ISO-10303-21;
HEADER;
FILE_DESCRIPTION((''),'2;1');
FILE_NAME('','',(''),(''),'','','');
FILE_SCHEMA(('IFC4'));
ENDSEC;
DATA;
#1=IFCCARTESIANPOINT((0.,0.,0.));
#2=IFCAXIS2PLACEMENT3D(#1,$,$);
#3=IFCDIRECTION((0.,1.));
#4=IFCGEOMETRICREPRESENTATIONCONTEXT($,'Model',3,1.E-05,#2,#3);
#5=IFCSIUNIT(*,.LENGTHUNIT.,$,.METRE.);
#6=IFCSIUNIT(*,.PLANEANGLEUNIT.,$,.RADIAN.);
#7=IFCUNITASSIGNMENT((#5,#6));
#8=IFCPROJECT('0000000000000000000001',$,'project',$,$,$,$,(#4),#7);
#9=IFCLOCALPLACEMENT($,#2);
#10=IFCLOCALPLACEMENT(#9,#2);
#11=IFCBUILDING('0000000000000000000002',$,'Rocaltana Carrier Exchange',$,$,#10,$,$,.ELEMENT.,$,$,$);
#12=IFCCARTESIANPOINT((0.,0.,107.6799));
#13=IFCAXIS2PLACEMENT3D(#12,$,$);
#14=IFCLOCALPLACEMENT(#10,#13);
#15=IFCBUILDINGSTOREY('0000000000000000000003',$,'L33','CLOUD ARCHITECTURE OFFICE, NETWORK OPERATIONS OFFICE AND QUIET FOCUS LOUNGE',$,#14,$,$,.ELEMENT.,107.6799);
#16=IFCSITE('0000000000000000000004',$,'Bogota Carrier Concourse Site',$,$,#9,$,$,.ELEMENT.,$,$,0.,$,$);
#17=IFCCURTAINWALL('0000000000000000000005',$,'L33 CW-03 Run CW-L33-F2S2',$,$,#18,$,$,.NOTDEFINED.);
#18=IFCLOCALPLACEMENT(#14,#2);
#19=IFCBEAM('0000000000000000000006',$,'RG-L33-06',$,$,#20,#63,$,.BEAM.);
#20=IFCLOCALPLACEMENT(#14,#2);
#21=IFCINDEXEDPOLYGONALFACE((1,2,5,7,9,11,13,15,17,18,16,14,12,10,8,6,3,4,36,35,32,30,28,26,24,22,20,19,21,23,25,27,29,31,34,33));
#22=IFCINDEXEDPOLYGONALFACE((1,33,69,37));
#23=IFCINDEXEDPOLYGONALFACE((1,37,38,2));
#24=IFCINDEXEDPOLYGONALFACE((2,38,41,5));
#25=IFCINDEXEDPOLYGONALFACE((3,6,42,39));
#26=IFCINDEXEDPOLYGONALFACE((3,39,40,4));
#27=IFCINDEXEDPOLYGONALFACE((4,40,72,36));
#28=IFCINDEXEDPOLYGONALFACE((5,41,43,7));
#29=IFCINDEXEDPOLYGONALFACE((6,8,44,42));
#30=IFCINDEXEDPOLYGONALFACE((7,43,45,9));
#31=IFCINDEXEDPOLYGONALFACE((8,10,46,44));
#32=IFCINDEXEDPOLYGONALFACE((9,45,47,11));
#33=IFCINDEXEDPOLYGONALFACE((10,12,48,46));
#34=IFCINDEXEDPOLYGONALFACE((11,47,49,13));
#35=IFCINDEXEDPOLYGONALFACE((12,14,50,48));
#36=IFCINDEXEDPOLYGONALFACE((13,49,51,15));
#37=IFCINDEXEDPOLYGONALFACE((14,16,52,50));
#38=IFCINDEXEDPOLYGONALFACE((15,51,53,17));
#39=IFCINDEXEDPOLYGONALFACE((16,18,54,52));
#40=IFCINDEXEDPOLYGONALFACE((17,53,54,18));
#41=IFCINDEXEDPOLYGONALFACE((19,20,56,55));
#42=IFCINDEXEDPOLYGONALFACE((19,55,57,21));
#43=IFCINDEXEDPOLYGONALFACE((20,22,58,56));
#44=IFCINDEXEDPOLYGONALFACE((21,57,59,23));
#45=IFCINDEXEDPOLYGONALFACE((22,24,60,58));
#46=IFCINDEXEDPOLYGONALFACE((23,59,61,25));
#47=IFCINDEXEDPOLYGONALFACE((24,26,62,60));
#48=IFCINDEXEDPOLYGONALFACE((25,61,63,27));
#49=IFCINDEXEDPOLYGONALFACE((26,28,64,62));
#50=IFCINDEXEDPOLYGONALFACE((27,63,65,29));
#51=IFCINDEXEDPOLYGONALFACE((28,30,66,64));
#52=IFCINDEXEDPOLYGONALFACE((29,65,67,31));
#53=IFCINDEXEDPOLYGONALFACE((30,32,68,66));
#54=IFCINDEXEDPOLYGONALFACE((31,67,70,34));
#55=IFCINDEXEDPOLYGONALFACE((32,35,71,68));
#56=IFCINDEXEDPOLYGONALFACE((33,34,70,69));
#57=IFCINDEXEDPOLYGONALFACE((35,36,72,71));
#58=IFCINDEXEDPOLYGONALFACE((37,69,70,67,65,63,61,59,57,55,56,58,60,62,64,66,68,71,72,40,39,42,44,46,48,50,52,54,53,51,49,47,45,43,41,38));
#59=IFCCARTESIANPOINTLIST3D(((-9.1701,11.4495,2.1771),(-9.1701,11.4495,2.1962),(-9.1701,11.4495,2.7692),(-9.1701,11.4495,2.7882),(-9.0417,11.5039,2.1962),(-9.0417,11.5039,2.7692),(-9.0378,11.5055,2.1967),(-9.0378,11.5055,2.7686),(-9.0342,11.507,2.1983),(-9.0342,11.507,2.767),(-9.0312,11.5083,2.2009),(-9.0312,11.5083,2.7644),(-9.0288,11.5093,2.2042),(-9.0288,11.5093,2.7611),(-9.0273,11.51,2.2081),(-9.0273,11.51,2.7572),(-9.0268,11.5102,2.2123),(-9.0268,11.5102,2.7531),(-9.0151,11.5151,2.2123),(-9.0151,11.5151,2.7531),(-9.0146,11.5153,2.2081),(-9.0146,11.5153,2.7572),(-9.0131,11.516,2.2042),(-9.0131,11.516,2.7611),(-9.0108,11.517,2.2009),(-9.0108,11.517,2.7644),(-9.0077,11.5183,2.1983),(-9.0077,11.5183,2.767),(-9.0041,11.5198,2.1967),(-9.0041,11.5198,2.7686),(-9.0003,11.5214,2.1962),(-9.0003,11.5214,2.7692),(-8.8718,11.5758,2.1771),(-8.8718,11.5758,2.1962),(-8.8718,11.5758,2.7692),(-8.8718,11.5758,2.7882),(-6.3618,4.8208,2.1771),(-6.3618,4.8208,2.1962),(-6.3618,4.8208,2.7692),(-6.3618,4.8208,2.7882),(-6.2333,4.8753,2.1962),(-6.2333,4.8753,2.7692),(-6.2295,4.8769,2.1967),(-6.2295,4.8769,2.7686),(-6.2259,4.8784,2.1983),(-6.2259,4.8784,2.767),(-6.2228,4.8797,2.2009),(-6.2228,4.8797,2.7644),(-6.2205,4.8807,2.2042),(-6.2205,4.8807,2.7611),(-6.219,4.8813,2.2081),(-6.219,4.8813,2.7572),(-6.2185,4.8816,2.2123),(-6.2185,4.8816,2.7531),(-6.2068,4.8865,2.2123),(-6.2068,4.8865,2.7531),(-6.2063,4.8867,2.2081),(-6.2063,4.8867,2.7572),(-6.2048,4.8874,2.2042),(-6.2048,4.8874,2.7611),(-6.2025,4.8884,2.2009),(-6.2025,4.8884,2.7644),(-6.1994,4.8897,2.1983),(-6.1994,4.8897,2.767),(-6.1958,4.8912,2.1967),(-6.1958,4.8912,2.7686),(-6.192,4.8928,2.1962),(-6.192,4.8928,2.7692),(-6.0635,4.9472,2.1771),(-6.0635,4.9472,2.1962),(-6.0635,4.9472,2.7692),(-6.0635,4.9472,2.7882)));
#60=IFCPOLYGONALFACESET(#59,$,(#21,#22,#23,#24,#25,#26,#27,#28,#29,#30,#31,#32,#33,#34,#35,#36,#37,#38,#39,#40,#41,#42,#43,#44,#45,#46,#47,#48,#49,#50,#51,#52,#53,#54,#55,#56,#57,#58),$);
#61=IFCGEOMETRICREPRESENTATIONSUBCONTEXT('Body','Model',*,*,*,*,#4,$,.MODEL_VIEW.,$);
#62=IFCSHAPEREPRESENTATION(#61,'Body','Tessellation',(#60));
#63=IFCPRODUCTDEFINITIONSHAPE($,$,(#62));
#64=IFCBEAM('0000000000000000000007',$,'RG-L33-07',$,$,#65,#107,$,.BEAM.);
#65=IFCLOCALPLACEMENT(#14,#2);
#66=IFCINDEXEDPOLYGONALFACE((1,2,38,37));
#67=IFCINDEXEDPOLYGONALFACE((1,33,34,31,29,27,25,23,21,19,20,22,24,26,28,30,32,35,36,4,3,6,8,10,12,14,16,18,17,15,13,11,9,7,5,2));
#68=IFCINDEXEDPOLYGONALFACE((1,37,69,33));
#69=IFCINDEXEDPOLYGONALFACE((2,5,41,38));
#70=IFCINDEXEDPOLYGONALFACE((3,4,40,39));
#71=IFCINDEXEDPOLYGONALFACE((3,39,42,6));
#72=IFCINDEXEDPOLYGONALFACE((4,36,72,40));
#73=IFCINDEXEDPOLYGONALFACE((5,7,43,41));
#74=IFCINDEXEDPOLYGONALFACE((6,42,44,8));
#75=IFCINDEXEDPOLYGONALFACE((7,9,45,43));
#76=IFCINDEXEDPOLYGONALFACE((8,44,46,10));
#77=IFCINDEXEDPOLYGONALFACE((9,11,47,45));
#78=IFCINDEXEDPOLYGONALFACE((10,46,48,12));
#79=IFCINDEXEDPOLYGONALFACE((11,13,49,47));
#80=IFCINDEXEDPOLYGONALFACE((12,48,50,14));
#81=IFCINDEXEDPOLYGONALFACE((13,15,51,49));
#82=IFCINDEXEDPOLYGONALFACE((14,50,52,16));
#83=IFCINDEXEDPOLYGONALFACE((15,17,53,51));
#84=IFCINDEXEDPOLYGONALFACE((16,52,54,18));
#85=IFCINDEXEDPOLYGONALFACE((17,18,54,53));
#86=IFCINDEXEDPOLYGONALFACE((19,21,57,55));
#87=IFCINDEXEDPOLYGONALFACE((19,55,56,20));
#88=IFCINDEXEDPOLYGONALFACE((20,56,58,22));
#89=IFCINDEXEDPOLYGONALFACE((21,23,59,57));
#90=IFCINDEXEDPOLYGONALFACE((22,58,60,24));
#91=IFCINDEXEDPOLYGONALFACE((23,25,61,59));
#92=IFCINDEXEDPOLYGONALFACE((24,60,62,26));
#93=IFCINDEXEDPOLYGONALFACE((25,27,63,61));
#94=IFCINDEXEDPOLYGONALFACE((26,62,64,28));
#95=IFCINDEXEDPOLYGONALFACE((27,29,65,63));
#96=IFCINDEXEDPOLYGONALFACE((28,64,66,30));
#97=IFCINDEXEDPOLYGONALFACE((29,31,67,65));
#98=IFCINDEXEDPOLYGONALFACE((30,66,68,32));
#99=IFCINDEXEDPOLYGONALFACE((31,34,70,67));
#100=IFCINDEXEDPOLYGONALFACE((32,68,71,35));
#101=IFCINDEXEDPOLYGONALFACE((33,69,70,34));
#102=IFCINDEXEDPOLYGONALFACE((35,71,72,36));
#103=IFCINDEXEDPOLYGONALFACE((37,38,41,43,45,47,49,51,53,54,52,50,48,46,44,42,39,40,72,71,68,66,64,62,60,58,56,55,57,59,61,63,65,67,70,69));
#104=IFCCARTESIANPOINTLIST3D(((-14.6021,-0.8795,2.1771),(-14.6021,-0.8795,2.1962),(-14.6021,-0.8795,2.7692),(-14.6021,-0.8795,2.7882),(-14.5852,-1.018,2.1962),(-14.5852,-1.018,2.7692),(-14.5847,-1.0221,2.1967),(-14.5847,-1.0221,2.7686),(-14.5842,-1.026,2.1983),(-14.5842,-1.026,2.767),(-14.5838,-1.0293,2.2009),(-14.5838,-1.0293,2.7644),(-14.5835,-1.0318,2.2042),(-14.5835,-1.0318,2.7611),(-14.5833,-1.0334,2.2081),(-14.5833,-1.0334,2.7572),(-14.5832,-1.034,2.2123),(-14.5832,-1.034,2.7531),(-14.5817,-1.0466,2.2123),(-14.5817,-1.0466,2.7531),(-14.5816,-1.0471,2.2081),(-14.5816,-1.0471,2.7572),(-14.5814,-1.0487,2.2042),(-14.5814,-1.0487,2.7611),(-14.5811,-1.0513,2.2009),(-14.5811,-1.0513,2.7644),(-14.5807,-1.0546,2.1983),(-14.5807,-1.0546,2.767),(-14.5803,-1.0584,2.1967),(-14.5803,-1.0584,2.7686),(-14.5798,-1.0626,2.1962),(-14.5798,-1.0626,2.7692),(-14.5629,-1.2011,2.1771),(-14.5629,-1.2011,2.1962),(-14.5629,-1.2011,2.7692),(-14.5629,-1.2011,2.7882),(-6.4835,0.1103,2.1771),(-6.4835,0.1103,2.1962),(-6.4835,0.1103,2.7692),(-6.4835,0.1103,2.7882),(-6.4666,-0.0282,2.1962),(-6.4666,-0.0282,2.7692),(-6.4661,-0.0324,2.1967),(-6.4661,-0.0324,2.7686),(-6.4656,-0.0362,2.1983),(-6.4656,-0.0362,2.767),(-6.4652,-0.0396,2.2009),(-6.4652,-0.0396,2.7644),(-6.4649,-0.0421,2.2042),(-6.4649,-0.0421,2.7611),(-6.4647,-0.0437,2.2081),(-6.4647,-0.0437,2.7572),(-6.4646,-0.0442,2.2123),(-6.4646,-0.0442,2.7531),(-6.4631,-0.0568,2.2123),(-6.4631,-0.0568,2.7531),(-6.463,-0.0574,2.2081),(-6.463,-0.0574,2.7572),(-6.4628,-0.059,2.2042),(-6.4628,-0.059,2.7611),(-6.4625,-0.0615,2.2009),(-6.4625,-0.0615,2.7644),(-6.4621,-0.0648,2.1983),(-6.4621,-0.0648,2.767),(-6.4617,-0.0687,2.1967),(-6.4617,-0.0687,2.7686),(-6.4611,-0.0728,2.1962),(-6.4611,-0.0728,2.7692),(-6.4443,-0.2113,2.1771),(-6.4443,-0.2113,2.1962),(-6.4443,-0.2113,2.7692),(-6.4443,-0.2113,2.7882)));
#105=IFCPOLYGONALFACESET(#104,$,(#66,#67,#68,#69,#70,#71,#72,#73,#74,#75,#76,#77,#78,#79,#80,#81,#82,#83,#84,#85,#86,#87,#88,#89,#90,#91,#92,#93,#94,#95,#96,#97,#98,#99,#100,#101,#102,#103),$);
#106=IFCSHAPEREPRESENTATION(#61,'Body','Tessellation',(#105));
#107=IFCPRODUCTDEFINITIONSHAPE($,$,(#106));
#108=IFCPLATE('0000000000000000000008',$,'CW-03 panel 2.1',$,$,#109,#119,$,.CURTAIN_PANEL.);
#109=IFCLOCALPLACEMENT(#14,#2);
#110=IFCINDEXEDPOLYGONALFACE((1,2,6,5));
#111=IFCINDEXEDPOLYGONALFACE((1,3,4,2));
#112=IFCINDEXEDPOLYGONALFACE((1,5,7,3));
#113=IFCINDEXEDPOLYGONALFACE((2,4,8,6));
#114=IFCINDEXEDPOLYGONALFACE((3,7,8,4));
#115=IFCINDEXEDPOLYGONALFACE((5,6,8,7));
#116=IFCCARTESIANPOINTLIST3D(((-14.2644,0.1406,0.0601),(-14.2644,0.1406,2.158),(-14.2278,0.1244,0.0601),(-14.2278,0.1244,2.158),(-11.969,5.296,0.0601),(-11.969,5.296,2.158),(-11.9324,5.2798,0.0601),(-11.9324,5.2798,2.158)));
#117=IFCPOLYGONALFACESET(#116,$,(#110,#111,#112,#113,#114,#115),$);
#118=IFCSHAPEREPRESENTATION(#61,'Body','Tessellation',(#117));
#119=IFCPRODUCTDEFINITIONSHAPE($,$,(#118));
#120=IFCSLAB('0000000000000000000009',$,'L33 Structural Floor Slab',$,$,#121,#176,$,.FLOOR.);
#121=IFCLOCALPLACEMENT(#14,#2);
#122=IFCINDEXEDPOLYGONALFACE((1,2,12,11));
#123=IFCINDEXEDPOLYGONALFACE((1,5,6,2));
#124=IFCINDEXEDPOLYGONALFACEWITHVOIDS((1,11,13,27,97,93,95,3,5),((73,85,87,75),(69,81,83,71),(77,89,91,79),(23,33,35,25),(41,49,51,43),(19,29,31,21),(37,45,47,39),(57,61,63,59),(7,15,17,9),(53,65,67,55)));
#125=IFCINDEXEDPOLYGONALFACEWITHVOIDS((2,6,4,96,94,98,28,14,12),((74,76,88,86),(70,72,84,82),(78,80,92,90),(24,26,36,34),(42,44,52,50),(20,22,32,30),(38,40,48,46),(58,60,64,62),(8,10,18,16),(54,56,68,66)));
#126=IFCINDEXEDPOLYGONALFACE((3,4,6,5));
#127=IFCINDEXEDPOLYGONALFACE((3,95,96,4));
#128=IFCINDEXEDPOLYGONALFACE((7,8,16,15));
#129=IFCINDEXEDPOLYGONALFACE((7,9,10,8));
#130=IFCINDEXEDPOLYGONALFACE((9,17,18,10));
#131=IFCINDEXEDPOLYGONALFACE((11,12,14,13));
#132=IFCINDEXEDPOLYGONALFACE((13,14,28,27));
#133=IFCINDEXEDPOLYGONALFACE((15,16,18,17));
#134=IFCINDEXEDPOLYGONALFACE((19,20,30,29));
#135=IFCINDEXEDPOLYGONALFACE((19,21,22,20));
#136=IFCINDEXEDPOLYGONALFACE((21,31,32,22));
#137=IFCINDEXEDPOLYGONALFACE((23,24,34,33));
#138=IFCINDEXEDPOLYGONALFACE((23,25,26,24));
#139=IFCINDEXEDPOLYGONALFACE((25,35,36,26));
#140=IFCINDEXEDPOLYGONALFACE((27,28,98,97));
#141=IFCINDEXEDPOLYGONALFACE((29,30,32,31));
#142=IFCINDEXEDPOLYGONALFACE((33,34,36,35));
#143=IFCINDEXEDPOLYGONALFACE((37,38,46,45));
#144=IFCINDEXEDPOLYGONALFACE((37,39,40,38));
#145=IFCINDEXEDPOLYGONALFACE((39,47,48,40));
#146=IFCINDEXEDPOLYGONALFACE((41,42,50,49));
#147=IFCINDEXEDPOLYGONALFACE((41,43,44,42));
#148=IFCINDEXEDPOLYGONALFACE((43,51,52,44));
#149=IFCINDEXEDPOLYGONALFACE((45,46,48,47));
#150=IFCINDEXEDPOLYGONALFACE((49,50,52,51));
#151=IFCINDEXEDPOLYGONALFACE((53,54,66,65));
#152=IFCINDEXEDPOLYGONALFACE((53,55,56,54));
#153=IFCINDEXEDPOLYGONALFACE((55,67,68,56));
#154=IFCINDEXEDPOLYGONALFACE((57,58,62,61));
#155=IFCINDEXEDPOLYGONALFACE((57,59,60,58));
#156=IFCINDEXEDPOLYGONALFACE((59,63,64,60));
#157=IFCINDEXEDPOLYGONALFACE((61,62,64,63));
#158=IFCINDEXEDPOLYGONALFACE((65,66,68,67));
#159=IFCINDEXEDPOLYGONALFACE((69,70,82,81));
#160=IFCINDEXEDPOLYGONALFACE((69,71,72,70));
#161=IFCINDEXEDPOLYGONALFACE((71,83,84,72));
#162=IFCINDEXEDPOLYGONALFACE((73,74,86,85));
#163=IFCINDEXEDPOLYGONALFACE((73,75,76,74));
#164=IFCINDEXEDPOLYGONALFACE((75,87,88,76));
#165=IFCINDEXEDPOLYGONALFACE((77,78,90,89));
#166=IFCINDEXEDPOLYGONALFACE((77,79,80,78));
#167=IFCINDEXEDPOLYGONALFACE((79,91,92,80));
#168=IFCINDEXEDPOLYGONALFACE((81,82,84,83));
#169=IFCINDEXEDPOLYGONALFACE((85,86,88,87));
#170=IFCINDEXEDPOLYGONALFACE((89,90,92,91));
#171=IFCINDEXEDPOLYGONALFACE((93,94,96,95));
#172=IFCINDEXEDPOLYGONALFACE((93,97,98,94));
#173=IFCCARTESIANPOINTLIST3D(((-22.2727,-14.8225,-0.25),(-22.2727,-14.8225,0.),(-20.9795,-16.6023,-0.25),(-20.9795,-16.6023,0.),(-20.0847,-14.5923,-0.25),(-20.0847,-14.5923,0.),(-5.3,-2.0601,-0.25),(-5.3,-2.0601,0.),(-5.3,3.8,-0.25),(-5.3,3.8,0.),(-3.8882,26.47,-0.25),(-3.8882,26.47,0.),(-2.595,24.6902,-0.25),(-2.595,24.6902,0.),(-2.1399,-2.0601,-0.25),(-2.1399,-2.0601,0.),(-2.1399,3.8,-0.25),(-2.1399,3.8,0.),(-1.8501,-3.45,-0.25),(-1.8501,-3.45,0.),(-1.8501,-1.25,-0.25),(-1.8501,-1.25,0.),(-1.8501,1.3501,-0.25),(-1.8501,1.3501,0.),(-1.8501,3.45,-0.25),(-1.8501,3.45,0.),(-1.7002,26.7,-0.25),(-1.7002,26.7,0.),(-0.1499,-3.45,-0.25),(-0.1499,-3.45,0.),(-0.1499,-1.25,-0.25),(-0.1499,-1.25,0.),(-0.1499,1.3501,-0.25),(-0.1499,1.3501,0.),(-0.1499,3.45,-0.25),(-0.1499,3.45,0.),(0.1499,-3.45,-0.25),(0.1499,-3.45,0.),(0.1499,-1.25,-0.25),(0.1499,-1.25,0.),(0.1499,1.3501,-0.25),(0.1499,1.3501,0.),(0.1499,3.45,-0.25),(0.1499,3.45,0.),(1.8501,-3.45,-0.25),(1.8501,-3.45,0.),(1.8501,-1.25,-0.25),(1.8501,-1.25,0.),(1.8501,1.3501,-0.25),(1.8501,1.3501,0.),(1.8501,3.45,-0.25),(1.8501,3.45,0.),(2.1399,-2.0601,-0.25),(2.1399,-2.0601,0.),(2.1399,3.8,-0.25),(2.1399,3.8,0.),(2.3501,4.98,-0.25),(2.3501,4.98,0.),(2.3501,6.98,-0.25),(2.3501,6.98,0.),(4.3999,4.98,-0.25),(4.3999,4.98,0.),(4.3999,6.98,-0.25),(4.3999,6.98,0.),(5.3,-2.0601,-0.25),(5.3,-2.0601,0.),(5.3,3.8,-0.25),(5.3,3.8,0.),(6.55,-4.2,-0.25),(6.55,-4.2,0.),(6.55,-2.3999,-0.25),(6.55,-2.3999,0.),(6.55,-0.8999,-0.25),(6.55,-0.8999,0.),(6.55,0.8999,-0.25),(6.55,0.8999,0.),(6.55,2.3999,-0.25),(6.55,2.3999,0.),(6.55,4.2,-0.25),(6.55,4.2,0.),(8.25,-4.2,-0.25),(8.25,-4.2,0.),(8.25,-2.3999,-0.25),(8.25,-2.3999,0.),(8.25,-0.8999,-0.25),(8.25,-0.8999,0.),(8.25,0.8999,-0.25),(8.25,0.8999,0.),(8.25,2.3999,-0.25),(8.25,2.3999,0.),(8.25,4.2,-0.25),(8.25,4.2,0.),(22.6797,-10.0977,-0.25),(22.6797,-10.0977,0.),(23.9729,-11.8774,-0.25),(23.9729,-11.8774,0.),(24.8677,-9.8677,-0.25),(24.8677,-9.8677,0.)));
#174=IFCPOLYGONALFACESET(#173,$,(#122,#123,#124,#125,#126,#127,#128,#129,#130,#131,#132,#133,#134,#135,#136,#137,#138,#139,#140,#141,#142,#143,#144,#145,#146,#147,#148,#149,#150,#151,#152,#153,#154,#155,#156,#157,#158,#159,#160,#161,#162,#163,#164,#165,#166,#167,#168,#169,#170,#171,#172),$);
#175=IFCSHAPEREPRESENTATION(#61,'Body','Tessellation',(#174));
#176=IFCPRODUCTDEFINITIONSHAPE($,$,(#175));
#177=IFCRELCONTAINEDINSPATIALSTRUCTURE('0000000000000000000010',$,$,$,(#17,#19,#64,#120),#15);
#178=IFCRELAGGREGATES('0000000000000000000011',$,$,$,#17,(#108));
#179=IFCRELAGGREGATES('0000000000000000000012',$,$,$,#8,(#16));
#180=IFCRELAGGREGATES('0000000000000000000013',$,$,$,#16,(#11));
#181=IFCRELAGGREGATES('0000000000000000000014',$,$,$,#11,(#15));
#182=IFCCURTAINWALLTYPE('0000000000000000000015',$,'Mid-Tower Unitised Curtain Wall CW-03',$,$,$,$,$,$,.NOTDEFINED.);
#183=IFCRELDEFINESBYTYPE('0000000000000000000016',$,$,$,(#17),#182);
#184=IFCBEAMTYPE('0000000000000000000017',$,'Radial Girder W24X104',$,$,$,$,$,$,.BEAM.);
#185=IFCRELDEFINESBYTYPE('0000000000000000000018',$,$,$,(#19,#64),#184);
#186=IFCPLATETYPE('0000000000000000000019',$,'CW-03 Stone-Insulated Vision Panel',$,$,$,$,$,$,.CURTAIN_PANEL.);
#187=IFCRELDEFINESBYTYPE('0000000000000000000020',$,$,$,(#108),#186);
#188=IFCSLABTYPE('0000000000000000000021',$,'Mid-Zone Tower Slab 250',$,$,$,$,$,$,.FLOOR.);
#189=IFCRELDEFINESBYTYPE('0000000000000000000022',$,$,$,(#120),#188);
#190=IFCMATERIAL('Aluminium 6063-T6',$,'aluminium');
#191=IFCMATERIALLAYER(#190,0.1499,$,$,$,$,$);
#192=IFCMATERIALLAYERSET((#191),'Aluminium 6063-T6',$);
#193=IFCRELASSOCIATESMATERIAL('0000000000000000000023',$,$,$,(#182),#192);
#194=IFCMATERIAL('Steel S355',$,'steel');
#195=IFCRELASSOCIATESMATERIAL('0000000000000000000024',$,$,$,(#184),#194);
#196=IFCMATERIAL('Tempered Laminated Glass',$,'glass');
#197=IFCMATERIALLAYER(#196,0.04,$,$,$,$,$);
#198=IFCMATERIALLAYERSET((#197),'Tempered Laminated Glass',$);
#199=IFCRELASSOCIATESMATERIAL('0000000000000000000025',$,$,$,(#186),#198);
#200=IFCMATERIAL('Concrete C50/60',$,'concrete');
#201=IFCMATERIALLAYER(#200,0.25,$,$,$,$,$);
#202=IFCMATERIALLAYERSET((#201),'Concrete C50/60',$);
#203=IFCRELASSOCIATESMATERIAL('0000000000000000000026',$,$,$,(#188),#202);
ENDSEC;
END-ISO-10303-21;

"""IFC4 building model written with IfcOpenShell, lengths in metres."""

from ifc_helpers import new_model, si_unit, direction, frame, origin, origin_2d, place, context, subcontext, project, spatial, polyline, rectangle, i_section, outline, extrude, material, layer, layer_set, material_profile, profile_set, type_object, element, aggregate, save


model = new_model("IFC4")

# Units and contexts
model_context = context("Model", 3, precision=1e-05, world=origin(), true_north=direction((0.0, 1.0)))
body_context = subcontext(model_context, "Body", "Model", "MODEL_VIEW")
ifc_project = project(units=[si_unit("LENGTHUNIT", "METRE"), si_unit("PLANEANGLEUNIT", "RADIAN")], contexts=[model_context])

# Site, building, storey
site_placement = place(None, origin())
site = spatial("IfcSite", under=ifc_project, at=site_placement, Name="Bogota Carrier Concourse Site", CompositionType="ELEMENT", RefElevation=0.0)
building_placement = place(site_placement, origin())
building = spatial("IfcBuilding", under=site, at=building_placement, Name="Rocaltana Carrier Exchange", CompositionType="ELEMENT")
storey_placement = place(building_placement, frame((0.0, 0.0, 107.6799)))
storey = spatial("IfcBuildingStorey", under=building, at=storey_placement, Name="L33", Description="CLOUD ARCHITECTURE OFFICE, NETWORK OPERATIONS OFFICE AND QUIET FOCUS LOUNGE", CompositionType="ELEMENT", Elevation=107.6799)

# Curtain wall
ifc_material_1 = material(Name="Aluminium 6063-T6", Category="aluminium")
ifc_layer_1 = layer(ifc_material_1, 0.1499)
ifc_layer_set_1 = layer_set([ifc_layer_1], Name="Aluminium 6063-T6")
curtain_wall_type = type_object("IfcCurtainWallType", Name="Mid-Tower Unitised Curtain Wall CW-03", PredefinedType="NOTDEFINED", material=ifc_layer_set_1)
curtain_wall_placement = place(storey_placement, origin())
curtain_wall = element("IfcCurtainWall", 1, at=curtain_wall_placement, inside=storey, type_object=curtain_wall_type, Name="L33 CW-03 Run CW-L33-F2S2", PredefinedType="NOTDEFINED")

# Beams
ifc_material_2 = material(Name="Steel S355", Category="steel")
ifc_material_profile_1 = material_profile(ifc_material_2, i_section(OverallWidth=0.324, OverallDepth=0.6111, WebThickness=0.0127, FlangeThickness=0.019, FilletRadius=0.0161, at=origin_2d()), Name="W24X104")
ifc_profile_set_1 = profile_set([ifc_material_profile_1], Name="Steel S355")
beam_type_1 = type_object("IfcBeamType", Name="Radial Girder W24X104", PredefinedType="BEAM", material=ifc_profile_set_1)
beam_1_placement = place(storey_placement, frame((-6.2126, 4.884, 2.4827), z_axis=(-0.390101, 0.920772, 0.0), x_axis=(-0.920772, -0.390101, 0.0)))
element("IfcBeam", 2, at=beam_1_placement, inside=storey, type_object=beam_type_1, Name="RG-L33-06", PredefinedType="BEAM", context=body_context, shape_type="SweptSolid", body=[
    extrude(i_section(OverallWidth=0.324, OverallDepth=0.6111, WebThickness=0.0127, FlangeThickness=0.019, FilletRadius=0.0161, at=origin_2d()), origin(), (0.0, 0.0, 1.0), 7.199),
])
beam_2_placement = place(storey_placement, frame((-6.4639, -0.0505, 2.4827), z_axis=(-0.992651, -0.121014, 0.0), x_axis=(0.121014, -0.992651, 0.0)))
element("IfcBeam", 3, at=beam_2_placement, inside=storey, type_object=beam_type_1, Name="RG-L33-07", PredefinedType="BEAM", context=body_context, shape_type="SweptSolid", body=[
    extrude(i_section(OverallWidth=0.324, OverallDepth=0.6111, WebThickness=0.0127, FlangeThickness=0.019, FilletRadius=0.0161, at=origin_2d()), origin(), (0.0, 0.0, 1.0), 8.1787),
])

# Plate
ifc_material_3 = material(Name="Tempered Laminated Glass", Category="glass")
ifc_layer_2 = layer(ifc_material_3, 0.04)
ifc_layer_set_2 = layer_set([ifc_layer_2], Name="Tempered Laminated Glass")
plate_type = type_object("IfcPlateType", Name="CW-03 Stone-Insulated Vision Panel", PredefinedType="CURTAIN_PANEL", material=ifc_layer_set_2)
plate_placement = place(storey_placement, frame((-13.0984, 2.7102, 0.0601), z_axis=(0.0, 0.0, 1.0), x_axis=(-0.406744, -0.913542, 0.0)))
plate = element("IfcPlate", 4, at=plate_placement, type_object=plate_type, Name="CW-03 panel 2.1", PredefinedType="CURTAIN_PANEL", context=body_context, shape_type="SweptSolid", body=[
    extrude(rectangle(XDim=5.6433, YDim=0.04, at=origin_2d()), origin(), (0.0, 0.0, 1.0), 2.0979),
])
aggregate(curtain_wall, [plate])

# Slab
ifc_material_4 = material(Name="Concrete C50/60", Category="concrete")
ifc_layer_3 = layer(ifc_material_4, 0.25)
ifc_layer_set_3 = layer_set([ifc_layer_3], Name="Concrete C50/60")
slab_type_1 = type_object("IfcSlabType", Name="Mid-Zone Tower Slab 250", PredefinedType="FLOOR", material=ifc_layer_set_3)
slab_1_placement = place(storey_placement, frame((0.0, 0.0, -0.25)))
element("IfcSlab", 5, at=slab_1_placement, inside=storey, type_object=slab_type_1, Name="L33 Structural Floor Slab", PredefinedType="FLOOR", context=body_context, shape_type="SweptSolid", body=[
    extrude(outline(polyline([(23.9729, -11.8774), (22.6797, -10.0977), (24.8677, -9.8677), (-1.7002, 26.7), (-2.595, 24.6902), (-3.8882, 26.47), (-22.2727, -14.8225), (-20.0847, -14.5923), (-20.9795, -16.6023), (23.9729, -11.8774)]), holes=[polyline([(-5.3, -2.0601), (-2.1399, -2.0601), (-2.1399, 3.8), (-5.3, 3.8), (-5.3, -2.0601)]), polyline([(2.1399, -2.0601), (5.3, -2.0601), (5.3, 3.8), (2.1399, 3.8), (2.1399, -2.0601)]), polyline([(-1.8501, -3.45), (-0.1499, -3.45), (-0.1499, -1.25), (-1.8501, -1.25), (-1.8501, -3.45)]), polyline([(0.1499, -3.45), (1.8501, -3.45), (1.8501, -1.25), (0.1499, -1.25), (0.1499, -3.45)]), polyline([(2.3501, 4.98), (4.3999, 4.98), (4.3999, 6.98), (2.3501, 6.98), (2.3501, 4.98)]), polyline([(-1.8501, 1.3501), (-0.1499, 1.3501), (-0.1499, 3.45), (-1.8501, 3.45), (-1.8501, 1.3501)]), polyline([(0.1499, 1.3501), (1.8501, 1.3501), (1.8501, 3.45), (0.1499, 3.45), (0.1499, 1.3501)]), polyline([(6.55, -4.2), (8.25, -4.2), (8.25, -2.3999), (6.55, -2.3999), (6.55, -4.2)]), polyline([(6.55, -0.8999), (8.25, -0.8999), (8.25, 0.8999), (6.55, 0.8999), (6.55, -0.8999)]), polyline([(6.55, 2.3999), (8.25, 2.3999), (8.25, 4.2), (6.55, 4.2), (6.55, 2.3999)])]), origin(), (0.0, 0.0, 1.0), 0.25),
])

save(model, "model.ifc")
